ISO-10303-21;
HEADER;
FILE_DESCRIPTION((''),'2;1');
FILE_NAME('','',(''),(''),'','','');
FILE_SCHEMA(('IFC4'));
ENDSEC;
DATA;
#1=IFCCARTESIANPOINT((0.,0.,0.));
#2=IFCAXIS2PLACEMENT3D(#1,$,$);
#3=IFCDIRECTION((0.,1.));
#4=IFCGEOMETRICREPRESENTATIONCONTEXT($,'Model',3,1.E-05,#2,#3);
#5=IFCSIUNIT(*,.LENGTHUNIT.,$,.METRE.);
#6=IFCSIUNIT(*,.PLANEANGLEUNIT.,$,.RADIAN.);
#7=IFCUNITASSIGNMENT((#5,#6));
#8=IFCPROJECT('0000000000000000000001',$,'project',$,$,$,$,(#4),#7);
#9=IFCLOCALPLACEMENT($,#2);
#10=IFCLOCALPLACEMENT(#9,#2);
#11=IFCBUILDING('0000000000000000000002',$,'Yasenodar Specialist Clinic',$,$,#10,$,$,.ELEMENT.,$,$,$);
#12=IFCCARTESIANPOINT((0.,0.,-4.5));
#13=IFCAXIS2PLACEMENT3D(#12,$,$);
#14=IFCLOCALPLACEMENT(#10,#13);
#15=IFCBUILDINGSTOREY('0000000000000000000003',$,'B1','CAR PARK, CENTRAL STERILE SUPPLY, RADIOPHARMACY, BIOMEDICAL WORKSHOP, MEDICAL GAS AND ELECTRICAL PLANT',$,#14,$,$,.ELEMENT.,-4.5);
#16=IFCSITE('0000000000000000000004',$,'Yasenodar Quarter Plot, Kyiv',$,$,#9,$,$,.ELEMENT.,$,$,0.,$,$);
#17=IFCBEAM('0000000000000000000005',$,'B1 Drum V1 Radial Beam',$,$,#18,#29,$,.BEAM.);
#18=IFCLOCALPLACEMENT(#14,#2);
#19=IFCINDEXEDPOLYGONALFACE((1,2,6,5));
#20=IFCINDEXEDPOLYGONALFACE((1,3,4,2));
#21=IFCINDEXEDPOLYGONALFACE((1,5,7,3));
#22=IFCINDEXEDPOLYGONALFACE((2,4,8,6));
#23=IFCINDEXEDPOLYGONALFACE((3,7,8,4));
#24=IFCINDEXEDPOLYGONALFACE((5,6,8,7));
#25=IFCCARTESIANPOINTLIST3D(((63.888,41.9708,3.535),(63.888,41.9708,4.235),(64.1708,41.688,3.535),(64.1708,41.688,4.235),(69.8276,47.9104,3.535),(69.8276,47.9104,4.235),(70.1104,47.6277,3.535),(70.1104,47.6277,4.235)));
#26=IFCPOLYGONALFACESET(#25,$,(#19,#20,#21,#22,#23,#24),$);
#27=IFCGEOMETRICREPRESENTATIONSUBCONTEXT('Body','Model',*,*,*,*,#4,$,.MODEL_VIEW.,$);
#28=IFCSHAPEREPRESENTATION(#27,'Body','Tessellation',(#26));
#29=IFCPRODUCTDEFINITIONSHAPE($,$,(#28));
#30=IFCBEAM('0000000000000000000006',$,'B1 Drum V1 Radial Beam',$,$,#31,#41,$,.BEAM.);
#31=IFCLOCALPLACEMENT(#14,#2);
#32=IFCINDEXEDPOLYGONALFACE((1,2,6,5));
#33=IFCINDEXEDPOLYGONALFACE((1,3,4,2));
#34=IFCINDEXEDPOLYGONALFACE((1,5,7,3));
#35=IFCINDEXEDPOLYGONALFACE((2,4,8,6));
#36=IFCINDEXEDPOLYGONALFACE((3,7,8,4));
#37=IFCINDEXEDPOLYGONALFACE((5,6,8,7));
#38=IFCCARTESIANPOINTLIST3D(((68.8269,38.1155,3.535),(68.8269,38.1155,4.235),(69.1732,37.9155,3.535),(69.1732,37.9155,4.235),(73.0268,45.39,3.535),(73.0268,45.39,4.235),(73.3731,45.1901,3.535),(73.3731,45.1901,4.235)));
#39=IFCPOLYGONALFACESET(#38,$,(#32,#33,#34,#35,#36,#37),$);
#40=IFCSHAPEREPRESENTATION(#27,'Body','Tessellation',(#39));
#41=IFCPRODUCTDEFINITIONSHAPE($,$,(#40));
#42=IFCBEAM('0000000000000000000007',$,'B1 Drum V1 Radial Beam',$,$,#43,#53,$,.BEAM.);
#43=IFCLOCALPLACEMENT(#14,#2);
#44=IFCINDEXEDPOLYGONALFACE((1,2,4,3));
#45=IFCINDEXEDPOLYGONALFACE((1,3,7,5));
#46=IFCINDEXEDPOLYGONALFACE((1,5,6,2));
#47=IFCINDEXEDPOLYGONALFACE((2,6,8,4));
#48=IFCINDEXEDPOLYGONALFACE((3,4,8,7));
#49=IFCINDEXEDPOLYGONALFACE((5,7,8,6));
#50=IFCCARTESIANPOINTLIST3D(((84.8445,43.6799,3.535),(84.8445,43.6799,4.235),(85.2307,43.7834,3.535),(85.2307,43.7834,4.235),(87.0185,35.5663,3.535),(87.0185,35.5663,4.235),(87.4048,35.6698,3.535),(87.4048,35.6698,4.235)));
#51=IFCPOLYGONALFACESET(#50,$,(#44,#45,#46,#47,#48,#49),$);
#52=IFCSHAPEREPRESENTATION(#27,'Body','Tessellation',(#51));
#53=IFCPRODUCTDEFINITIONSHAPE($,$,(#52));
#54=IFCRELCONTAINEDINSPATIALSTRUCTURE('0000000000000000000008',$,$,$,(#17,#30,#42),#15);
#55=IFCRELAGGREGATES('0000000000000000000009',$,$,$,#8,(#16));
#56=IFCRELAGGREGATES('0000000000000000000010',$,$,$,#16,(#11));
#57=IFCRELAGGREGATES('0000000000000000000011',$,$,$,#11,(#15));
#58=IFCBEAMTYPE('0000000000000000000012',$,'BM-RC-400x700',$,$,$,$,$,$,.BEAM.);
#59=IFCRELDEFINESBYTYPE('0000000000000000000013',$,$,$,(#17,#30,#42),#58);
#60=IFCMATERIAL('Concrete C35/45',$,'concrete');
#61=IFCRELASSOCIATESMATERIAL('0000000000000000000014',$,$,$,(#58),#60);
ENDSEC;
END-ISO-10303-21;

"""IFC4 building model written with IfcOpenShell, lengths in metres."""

from ifc_helpers import new_model, si_unit, direction, frame, origin, origin_2d, place, context, subcontext, project, spatial, rectangle, extrude, material, material_profile, profile_set, type_object, element, save


model = new_model("IFC4")

# Units and contexts
model_context = context("Model", 3, precision=1e-05, world=origin(), true_north=direction((0.0, 1.0)))
body_context = subcontext(model_context, "Body", "Model", "MODEL_VIEW")
ifc_project = project(units=[si_unit("LENGTHUNIT", "METRE"), si_unit("PLANEANGLEUNIT", "RADIAN")], contexts=[model_context])

# Site, building, storey
site_placement = place(None, origin())
site = spatial("IfcSite", under=ifc_project, at=site_placement, Name="Yasenodar Quarter Plot, Kyiv", CompositionType="ELEMENT", RefElevation=0.0)
building_placement = place(site_placement, origin())
building = spatial("IfcBuilding", under=site, at=building_placement, Name="Yasenodar Specialist Clinic", CompositionType="ELEMENT")
storey_placement = place(building_placement, frame((0.0, 0.0, -4.5)))
storey = spatial("IfcBuildingStorey", under=building, at=storey_placement, Name="B1", Description="CAR PARK, CENTRAL STERILE SUPPLY, RADIOPHARMACY, BIOMEDICAL WORKSHOP, MEDICAL GAS AND ELECTRICAL PLANT", CompositionType="ELEMENT", Elevation=-4.5)

# Shared definitions
ifc_material_1 = material(Name="Concrete C35/45", Category="concrete")

# Beams
ifc_material_profile_1 = material_profile(ifc_material_1, rectangle(XDim=0.3999, YDim=0.7, at=origin_2d()), Name="RC 400x700")
ifc_profile_set_1 = profile_set([ifc_material_profile_1], Name="Concrete C35/45")
beam_type = type_object("IfcBeamType", Name="BM-RC-400x700", PredefinedType="BEAM", material=ifc_profile_set_1)
for number, where, z_axis, x_axis, name in (
    (1, (69.969, 47.769, 3.885), (-0.707107, -0.707107, 0.0), (0.707107, -0.707107, 0.0), "B1 Drum V1 Radial Beam"),
    (2, (73.2, 45.29, 3.885), (-0.499993, -0.866029, 0.0), (0.866029, -0.499993, 0.0), "B1 Drum V1 Radial Beam"),
    (3, (85.0376, 43.7317, 3.885), (0.258818, -0.965926, 0.0), (0.965926, 0.258818, 0.0), "B1 Drum V1 Radial Beam"),
):
    element("IfcBeam", number, at=place(storey_placement, frame(where, z_axis=z_axis, x_axis=x_axis)), inside=storey, type_object=beam_type, Name=name, PredefinedType="BEAM", context=body_context, shape_type="SweptSolid", body=[
        extrude(rectangle(XDim=0.3999, YDim=0.7, at=origin_2d()), origin(), (0.0, 0.0, 1.0), 8.3999),
    ])

save(model, "model.ifc")
